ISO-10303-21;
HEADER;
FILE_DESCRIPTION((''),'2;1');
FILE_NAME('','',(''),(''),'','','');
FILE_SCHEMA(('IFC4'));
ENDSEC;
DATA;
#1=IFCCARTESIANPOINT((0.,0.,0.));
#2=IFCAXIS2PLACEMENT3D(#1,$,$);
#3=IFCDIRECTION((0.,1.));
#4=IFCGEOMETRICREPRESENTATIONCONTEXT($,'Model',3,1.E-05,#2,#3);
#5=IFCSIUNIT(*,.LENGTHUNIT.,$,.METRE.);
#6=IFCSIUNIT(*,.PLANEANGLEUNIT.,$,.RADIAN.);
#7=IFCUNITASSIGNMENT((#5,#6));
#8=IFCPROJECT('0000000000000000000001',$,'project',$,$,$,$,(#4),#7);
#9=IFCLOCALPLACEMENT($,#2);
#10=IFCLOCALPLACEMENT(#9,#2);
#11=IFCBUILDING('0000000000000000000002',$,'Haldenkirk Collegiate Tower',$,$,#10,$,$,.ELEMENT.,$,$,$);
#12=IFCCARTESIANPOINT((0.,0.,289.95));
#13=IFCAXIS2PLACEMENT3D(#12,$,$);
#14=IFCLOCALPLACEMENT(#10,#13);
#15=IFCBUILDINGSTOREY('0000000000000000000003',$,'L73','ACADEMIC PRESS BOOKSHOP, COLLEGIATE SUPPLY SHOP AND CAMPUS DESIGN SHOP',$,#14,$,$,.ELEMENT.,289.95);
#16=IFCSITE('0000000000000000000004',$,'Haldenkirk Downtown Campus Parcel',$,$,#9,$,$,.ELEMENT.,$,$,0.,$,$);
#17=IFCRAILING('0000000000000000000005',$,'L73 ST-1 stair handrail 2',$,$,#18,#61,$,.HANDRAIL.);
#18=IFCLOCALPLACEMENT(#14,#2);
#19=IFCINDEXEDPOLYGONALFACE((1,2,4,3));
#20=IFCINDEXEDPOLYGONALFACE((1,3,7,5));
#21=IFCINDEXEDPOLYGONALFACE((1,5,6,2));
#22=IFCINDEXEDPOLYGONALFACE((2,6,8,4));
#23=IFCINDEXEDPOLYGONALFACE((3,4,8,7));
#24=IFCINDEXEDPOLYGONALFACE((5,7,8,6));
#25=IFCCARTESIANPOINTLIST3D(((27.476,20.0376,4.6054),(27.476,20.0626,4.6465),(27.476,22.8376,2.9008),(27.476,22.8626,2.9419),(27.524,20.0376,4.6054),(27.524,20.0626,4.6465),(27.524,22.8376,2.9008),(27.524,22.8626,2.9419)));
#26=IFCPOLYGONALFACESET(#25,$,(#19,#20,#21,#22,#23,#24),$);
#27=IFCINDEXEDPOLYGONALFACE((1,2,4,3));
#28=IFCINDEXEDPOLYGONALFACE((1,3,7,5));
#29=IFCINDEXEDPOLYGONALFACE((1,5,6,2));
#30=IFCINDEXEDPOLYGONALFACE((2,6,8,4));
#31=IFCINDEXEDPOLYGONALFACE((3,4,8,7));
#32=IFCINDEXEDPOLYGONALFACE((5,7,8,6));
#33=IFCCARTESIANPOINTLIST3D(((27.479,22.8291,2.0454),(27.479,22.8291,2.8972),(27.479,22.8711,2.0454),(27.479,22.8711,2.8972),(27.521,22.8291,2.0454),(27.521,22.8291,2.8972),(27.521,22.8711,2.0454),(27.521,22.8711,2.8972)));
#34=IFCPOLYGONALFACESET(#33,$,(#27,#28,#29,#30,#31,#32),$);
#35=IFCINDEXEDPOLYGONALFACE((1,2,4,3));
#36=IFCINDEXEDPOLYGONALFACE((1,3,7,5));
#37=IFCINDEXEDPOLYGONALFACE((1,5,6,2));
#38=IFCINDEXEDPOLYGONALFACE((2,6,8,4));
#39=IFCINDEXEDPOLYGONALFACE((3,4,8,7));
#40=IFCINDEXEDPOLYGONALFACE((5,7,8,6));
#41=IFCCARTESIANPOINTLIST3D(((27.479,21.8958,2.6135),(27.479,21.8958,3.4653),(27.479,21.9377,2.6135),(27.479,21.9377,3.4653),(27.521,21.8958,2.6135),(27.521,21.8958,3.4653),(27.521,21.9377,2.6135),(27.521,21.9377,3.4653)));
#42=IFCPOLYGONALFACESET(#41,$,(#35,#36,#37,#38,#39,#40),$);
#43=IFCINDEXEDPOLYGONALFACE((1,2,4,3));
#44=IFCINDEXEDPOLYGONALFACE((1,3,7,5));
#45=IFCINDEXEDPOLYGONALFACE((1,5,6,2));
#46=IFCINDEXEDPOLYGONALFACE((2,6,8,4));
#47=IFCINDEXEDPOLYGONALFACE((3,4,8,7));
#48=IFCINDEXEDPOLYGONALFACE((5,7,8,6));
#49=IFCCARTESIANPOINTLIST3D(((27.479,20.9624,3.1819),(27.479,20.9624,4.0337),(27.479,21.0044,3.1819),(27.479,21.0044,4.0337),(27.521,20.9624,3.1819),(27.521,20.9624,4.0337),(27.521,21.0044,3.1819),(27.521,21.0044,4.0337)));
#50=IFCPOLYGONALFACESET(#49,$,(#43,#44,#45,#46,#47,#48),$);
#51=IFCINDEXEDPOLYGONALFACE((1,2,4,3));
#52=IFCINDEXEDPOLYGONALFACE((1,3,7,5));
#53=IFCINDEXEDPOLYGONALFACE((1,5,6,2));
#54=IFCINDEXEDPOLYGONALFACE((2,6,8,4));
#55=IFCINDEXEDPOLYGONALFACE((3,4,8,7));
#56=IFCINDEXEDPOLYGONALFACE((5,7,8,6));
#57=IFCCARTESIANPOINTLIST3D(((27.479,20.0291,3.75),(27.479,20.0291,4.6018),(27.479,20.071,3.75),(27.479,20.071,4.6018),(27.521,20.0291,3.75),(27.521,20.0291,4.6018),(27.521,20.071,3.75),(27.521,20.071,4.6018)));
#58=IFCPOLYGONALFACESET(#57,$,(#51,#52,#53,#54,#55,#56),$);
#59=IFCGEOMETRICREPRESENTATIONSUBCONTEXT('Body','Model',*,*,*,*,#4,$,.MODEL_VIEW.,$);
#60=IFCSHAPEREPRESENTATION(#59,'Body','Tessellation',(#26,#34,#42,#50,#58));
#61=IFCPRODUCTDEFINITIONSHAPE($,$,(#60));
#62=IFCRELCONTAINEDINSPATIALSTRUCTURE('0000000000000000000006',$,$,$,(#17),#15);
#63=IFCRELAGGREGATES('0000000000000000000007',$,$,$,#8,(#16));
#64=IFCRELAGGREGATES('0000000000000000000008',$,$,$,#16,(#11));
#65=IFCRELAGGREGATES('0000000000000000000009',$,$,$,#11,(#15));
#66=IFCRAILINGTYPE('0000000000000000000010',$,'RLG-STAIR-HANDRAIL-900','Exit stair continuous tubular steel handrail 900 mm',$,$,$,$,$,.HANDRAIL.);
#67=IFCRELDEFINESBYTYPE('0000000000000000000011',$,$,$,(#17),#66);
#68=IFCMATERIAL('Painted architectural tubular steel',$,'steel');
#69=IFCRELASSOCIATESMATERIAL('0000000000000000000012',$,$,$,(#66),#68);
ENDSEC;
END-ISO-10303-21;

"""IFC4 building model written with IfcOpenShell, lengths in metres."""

from ifc_helpers import new_model, si_unit, direction, frame, origin, origin_2d, place, context, subcontext, project, spatial, rectangle, extrude, material, type_object, element, save


model = new_model("IFC4")

# Units and contexts
model_context = context("Model", 3, precision=1e-05, world=origin(), true_north=direction((0.0, 1.0)))
body_context = subcontext(model_context, "Body", "Model", "MODEL_VIEW")
ifc_project = project(units=[si_unit("LENGTHUNIT", "METRE"), si_unit("PLANEANGLEUNIT", "RADIAN")], contexts=[model_context])

# Site, building, storey
site_placement = place(None, origin())
site = spatial("IfcSite", under=ifc_project, at=site_placement, Name="Haldenkirk Downtown Campus Parcel", CompositionType="ELEMENT", RefElevation=0.0)
building_placement = place(site_placement, origin())
building = spatial("IfcBuilding", under=site, at=building_placement, Name="Haldenkirk Collegiate Tower", CompositionType="ELEMENT")
storey_placement = place(building_placement, frame((0.0, 0.0, 289.95)))
storey = spatial("IfcBuildingStorey", under=building, at=storey_placement, Name="L73", Description="ACADEMIC PRESS BOOKSHOP, COLLEGIATE SUPPLY SHOP AND CAMPUS DESIGN SHOP", CompositionType="ELEMENT", Elevation=289.95)

# Railing
ifc_material_1 = material(Name="Painted architectural tubular steel", Category="steel")
railing_type_1 = type_object("IfcRailingType", Name="RLG-STAIR-HANDRAIL-900", Description="Exit stair continuous tubular steel handrail 900 mm", PredefinedType="HANDRAIL", material=ifc_material_1)
railing_1_placement = place(storey_placement, frame((27.5, 22.8501, 2.0454)))
element("IfcRailing", 1, at=railing_1_placement, inside=storey, type_object=railing_type_1, Name="L73 ST-1 stair handrail 2", PredefinedType="HANDRAIL", context=body_context, shape_type="SweptSolid", body=[
    extrude(rectangle(XDim=0.0481, YDim=0.0481, at=origin_2d()), frame((0.0, 0.0, 0.876), z_axis=(0.0, -0.85417, 0.519994), x_axis=(1.0, 0.0, 0.0)), (0.0, 0.0, 1.0), 3.2781),
    extrude(rectangle(XDim=0.042, YDim=0.042, at=origin_2d()), origin(), (0.0, 0.0, 1.0), 0.8518),
    extrude(rectangle(XDim=0.042, YDim=0.042, at=origin_2d()), frame((0.0, -0.9333, 0.5681)), (0.0, 0.0, 1.0), 0.8518),
    extrude(rectangle(XDim=0.042, YDim=0.042, at=origin_2d()), frame((0.0, -1.8667, 1.1365)), (0.0, 0.0, 1.0), 0.8518),
    extrude(rectangle(XDim=0.042, YDim=0.042, at=origin_2d()), frame((0.0, -2.8, 1.7046)), (0.0, 0.0, 1.0), 0.8518),
])

save(model, "model.ifc")
